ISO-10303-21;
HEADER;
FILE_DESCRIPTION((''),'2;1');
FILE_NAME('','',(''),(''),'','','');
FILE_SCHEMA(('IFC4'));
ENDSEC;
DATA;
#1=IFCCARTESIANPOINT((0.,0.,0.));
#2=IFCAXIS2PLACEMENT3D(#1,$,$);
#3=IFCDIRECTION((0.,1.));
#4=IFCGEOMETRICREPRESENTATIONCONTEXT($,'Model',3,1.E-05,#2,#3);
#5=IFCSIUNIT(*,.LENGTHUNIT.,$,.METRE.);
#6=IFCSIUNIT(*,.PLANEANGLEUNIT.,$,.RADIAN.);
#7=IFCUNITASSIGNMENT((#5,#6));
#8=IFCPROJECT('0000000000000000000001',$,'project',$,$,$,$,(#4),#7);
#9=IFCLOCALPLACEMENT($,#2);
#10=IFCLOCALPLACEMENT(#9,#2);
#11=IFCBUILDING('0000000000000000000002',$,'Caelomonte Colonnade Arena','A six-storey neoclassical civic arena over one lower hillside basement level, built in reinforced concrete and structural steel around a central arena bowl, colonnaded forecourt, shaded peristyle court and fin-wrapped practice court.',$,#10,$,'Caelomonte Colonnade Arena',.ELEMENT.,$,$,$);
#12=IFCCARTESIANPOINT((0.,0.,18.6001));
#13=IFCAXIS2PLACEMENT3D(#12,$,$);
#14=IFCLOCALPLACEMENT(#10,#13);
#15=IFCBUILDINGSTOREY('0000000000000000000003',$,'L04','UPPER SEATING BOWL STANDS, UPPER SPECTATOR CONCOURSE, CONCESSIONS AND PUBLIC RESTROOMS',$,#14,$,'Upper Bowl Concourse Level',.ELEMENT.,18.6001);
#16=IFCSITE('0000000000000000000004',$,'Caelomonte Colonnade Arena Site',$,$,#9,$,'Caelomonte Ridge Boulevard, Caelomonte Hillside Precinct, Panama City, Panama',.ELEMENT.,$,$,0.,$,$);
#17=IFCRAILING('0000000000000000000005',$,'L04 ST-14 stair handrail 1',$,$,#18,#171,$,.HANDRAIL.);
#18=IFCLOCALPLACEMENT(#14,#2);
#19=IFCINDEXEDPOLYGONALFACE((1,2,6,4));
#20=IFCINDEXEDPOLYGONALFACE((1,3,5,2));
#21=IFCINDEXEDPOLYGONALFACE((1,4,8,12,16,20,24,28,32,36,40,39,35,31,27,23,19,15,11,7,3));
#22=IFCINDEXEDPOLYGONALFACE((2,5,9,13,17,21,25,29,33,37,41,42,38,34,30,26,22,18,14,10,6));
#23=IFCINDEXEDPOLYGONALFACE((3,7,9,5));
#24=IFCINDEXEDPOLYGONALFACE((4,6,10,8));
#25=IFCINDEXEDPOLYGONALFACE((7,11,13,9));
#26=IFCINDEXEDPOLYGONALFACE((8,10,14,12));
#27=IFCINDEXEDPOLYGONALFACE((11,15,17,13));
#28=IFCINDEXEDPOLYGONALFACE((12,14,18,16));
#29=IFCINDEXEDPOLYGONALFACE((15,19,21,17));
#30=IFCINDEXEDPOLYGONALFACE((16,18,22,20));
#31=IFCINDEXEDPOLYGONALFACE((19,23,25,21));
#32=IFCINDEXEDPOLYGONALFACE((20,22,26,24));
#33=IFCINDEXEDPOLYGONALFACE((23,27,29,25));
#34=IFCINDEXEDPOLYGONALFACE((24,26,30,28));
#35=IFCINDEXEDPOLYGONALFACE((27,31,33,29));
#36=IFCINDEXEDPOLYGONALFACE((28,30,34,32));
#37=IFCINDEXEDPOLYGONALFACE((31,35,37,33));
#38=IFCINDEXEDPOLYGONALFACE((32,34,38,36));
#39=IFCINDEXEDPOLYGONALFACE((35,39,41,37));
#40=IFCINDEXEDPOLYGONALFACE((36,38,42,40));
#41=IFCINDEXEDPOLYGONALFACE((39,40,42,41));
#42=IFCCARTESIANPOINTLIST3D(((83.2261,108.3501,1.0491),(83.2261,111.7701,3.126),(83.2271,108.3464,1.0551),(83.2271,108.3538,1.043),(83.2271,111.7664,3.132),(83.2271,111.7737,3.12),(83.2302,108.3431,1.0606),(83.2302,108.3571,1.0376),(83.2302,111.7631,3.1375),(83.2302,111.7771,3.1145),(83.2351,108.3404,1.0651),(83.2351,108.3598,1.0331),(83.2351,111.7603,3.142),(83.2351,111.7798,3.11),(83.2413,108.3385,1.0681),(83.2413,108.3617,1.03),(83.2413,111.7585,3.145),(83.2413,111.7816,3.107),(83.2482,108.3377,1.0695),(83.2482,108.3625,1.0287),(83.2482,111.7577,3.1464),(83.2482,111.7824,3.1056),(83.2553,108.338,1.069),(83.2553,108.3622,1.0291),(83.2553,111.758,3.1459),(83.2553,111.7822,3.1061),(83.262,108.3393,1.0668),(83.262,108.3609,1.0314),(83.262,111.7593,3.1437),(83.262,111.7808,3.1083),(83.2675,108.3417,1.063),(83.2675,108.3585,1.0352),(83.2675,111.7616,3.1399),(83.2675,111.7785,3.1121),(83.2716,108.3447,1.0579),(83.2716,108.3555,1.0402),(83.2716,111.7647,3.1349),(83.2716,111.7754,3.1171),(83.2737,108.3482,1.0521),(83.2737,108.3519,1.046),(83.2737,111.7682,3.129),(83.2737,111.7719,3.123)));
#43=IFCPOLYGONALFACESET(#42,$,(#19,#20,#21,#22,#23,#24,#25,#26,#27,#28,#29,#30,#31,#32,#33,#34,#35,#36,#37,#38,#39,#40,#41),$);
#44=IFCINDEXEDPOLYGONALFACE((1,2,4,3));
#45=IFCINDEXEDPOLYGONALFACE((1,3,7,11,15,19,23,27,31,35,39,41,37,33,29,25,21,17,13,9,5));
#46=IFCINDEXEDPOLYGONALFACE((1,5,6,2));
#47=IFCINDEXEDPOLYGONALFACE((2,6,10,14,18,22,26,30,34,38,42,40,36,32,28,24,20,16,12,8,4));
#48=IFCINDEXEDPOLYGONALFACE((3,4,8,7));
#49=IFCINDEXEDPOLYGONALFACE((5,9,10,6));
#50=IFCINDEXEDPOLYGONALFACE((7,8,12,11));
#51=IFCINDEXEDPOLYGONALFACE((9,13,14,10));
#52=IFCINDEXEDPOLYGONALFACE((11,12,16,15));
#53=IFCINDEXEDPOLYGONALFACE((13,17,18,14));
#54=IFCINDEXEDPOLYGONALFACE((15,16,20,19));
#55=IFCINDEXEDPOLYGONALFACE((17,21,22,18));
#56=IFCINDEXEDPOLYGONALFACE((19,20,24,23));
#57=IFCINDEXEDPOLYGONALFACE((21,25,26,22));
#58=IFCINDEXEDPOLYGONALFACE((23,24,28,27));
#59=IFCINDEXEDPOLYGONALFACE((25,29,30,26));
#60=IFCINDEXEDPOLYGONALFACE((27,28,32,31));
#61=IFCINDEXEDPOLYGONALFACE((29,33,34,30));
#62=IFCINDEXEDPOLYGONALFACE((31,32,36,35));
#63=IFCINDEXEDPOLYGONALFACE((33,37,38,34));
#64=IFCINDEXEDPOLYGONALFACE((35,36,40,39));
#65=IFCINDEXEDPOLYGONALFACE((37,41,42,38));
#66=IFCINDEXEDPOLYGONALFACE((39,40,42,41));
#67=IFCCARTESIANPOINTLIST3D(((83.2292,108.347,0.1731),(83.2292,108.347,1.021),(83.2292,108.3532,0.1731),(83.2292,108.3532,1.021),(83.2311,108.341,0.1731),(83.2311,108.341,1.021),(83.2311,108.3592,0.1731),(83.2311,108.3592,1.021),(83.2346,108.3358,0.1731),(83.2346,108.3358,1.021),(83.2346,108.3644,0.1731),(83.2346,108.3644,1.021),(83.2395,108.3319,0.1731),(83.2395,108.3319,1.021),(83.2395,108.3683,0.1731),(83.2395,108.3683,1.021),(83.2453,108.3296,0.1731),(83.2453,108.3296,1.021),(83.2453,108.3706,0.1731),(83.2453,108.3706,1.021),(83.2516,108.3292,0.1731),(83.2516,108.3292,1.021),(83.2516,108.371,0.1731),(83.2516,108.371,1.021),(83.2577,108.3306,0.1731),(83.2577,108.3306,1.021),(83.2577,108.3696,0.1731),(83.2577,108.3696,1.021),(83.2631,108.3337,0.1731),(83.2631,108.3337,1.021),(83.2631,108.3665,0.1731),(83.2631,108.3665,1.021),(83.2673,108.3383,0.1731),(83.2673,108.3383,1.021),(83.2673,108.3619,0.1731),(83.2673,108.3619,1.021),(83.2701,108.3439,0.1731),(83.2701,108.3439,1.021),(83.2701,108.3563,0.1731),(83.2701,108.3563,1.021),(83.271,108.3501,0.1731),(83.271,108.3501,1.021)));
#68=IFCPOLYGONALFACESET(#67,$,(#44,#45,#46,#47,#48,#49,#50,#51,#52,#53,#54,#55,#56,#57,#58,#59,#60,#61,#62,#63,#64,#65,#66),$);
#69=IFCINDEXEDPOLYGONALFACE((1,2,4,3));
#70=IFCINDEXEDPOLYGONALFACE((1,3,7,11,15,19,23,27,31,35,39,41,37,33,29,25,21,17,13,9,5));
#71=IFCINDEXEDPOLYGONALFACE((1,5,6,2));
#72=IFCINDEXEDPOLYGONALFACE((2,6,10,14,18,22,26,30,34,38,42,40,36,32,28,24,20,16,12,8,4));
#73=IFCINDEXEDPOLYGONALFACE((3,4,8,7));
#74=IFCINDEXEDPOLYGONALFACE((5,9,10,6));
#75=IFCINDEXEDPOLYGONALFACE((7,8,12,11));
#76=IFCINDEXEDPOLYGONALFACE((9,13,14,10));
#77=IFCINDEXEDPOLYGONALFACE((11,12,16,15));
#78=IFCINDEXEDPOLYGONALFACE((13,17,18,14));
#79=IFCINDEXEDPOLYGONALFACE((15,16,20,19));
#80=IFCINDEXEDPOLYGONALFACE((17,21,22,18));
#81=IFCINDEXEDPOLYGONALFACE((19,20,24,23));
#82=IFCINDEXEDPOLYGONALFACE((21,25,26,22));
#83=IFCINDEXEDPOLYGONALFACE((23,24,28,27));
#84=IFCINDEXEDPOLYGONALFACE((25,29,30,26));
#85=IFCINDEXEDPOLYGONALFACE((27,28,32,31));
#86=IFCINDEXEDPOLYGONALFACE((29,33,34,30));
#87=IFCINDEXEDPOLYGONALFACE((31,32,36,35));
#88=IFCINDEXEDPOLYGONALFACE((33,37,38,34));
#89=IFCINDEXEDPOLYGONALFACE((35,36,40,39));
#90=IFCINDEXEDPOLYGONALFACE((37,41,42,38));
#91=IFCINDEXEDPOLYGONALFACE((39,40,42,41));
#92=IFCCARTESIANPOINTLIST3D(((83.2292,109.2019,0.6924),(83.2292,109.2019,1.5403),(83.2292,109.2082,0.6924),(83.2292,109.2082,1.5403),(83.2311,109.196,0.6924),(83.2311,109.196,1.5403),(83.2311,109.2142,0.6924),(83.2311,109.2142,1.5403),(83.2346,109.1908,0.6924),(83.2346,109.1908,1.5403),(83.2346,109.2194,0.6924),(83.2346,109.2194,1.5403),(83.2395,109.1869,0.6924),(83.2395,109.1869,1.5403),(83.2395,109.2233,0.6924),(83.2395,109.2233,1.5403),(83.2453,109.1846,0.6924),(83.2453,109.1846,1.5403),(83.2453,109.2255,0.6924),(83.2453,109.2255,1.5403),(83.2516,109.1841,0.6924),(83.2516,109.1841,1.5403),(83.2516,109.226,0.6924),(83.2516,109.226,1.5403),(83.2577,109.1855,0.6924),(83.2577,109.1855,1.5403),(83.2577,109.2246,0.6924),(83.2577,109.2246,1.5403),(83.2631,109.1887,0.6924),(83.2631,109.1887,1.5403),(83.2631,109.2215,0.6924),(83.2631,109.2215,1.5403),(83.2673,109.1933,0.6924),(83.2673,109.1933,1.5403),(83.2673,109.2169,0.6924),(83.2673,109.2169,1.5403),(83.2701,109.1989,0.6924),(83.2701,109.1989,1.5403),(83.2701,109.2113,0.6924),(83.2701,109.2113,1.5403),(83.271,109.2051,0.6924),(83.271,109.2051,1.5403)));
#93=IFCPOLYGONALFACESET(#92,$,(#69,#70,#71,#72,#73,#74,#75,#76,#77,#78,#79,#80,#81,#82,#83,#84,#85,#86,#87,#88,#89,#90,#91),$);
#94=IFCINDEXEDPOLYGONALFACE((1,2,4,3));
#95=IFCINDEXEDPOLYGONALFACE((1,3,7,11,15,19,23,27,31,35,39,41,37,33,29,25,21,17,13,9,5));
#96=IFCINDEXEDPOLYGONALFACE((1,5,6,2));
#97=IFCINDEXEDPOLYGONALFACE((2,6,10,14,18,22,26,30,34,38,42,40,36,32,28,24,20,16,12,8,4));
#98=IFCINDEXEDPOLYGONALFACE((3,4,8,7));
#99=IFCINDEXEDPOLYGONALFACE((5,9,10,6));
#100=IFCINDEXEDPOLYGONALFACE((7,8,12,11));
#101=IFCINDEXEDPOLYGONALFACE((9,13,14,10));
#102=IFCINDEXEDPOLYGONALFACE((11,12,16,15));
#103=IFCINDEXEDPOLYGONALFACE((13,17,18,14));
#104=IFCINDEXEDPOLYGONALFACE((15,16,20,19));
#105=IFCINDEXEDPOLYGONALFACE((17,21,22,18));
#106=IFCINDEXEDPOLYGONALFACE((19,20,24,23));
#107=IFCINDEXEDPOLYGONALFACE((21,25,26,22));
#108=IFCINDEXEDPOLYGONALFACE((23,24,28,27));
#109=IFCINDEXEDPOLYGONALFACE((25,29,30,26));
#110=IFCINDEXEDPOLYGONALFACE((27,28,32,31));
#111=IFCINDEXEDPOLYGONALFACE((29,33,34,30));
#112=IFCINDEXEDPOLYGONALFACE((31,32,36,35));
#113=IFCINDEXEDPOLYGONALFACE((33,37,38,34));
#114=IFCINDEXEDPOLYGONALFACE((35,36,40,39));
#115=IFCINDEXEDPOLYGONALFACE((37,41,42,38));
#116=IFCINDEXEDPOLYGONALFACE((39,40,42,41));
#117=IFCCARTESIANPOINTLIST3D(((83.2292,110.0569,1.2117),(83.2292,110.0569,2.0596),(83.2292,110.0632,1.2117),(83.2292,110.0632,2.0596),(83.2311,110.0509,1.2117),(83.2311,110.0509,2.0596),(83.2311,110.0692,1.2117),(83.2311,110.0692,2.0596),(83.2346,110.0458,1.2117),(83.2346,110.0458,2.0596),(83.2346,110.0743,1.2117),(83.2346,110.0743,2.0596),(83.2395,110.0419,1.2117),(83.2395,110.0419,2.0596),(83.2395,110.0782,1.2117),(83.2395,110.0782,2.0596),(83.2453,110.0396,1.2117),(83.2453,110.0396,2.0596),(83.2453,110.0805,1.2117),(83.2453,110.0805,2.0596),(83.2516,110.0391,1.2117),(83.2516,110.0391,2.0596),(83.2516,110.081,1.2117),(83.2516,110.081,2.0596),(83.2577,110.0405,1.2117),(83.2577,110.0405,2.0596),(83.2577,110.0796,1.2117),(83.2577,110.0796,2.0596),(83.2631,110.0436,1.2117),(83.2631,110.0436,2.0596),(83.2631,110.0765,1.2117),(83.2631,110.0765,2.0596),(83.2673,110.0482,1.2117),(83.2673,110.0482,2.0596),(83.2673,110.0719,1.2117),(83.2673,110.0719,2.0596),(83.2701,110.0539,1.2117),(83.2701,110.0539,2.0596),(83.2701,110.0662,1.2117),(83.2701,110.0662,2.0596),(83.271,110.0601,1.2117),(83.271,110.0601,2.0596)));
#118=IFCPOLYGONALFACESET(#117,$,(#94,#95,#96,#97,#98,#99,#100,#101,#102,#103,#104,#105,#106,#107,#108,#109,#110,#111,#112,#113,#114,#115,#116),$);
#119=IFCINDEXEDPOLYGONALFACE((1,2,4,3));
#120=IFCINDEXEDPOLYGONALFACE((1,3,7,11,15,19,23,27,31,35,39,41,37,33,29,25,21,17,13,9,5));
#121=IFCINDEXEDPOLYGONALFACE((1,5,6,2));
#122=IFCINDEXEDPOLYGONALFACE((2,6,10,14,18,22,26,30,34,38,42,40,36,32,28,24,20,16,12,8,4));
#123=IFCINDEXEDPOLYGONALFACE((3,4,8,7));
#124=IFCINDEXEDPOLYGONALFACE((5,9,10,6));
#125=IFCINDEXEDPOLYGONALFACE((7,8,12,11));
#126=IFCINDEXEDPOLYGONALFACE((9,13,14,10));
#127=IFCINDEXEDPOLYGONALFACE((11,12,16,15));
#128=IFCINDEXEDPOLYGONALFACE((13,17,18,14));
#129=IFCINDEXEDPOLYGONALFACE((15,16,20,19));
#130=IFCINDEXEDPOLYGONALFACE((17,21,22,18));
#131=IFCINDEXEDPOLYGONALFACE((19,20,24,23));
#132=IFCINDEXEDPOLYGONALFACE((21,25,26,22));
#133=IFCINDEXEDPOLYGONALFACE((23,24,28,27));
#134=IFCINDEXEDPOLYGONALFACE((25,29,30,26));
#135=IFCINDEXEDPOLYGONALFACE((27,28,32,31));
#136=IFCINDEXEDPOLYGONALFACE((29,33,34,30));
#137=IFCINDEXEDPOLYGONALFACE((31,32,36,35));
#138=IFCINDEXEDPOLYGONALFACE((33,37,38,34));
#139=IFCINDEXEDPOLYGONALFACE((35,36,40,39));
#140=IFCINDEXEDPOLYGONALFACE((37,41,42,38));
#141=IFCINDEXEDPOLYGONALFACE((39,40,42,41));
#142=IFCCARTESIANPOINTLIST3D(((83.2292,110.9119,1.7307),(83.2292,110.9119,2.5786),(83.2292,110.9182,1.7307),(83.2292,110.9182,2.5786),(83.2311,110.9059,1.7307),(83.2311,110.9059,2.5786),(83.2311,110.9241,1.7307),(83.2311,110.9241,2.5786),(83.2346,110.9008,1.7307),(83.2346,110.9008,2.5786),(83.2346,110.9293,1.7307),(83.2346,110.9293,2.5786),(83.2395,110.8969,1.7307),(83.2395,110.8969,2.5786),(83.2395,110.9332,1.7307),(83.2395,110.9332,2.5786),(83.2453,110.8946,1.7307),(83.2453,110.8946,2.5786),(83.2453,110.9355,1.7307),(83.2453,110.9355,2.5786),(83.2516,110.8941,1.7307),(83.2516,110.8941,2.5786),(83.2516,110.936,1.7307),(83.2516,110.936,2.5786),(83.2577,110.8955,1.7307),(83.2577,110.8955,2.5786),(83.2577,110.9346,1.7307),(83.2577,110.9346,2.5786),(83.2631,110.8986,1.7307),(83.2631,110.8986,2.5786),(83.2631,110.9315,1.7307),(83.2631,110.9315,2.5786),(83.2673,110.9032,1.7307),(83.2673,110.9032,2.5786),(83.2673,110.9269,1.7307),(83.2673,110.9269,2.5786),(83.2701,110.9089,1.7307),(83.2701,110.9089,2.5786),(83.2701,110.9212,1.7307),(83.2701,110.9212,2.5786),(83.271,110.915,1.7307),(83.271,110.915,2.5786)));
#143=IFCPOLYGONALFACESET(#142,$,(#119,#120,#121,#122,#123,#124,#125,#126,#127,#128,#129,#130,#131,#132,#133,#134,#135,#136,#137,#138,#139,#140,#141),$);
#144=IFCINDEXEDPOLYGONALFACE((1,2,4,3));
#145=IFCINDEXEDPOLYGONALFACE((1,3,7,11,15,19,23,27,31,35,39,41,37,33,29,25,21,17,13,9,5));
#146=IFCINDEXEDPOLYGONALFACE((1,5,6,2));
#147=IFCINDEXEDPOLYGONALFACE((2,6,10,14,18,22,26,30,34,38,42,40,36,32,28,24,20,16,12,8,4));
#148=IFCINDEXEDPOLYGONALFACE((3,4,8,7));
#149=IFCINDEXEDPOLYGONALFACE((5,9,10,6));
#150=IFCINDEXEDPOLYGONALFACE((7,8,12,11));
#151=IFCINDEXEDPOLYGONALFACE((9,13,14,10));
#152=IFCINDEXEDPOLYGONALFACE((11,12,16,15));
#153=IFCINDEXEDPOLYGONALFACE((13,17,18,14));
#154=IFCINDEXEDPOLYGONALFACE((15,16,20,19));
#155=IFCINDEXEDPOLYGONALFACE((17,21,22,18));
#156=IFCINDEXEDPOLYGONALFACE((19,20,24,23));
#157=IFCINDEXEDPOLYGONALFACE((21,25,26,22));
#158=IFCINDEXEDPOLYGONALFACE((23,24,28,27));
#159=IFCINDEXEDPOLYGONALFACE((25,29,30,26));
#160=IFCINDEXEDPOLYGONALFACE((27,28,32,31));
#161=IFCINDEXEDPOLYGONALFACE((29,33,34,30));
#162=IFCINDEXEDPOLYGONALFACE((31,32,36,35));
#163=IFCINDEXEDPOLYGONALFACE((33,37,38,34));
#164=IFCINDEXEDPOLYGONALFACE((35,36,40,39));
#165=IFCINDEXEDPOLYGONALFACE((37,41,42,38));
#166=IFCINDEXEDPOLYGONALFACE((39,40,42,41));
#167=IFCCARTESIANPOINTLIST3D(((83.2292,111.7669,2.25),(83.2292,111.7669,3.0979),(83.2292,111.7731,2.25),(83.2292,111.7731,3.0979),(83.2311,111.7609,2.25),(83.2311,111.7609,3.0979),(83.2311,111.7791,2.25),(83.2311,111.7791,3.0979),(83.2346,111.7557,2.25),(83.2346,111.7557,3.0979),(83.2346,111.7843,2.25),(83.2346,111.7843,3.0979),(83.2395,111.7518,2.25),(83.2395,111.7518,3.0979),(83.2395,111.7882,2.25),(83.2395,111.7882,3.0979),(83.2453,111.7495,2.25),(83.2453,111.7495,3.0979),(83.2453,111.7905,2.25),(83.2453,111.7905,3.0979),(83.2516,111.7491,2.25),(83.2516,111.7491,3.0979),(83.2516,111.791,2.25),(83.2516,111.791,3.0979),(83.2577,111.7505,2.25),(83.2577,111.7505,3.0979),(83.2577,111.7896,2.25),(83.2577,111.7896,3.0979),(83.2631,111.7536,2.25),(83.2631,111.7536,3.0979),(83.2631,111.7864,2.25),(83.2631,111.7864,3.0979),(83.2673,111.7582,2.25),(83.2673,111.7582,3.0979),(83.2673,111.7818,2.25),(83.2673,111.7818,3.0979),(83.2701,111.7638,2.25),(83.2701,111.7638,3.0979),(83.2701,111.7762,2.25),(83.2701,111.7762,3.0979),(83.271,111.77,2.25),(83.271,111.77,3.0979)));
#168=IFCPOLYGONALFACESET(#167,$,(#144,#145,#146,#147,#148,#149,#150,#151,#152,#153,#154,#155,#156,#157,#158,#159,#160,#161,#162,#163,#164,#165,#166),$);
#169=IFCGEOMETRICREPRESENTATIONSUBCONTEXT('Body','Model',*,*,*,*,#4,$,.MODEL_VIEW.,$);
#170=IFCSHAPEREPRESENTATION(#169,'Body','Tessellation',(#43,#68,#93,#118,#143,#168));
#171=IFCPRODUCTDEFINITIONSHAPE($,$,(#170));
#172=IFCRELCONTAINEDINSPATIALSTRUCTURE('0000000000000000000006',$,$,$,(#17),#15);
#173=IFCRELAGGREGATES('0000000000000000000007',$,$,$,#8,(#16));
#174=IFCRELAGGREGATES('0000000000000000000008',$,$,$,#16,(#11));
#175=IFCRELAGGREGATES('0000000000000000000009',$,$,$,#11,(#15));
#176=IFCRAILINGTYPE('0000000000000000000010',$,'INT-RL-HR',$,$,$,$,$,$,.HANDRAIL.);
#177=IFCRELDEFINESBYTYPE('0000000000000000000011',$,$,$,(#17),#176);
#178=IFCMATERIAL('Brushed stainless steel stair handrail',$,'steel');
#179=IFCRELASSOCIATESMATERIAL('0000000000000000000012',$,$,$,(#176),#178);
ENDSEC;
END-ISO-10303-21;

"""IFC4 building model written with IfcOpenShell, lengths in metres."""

from ifc_helpers import new_model, si_unit, direction, frame, origin, origin_2d, place, context, subcontext, project, spatial, circle, extrude, material, type_object, element, save


model = new_model("IFC4")

# Units and contexts
model_context = context("Model", 3, precision=1e-05, world=origin(), true_north=direction((0.0, 1.0)))
body_context = subcontext(model_context, "Body", "Model", "MODEL_VIEW")
ifc_project = project(units=[si_unit("LENGTHUNIT", "METRE"), si_unit("PLANEANGLEUNIT", "RADIAN")], contexts=[model_context])

# Site, building, storey
site_placement = place(None, origin())
site = spatial("IfcSite", under=ifc_project, at=site_placement, Name="Caelomonte Colonnade Arena Site", LongName="Caelomonte Ridge Boulevard, Caelomonte Hillside Precinct, Panama City, Panama", CompositionType="ELEMENT", RefElevation=0.0)
building_placement = place(site_placement, origin())
building = spatial("IfcBuilding", under=site, at=building_placement, Name="Caelomonte Colonnade Arena", Description="A six-storey neoclassical civic arena over one lower hillside basement level, built in reinforced concrete and structural steel around a central arena bowl, colonnaded forecourt, shaded peristyle court and fin-wrapped practice court.", LongName="Caelomonte Colonnade Arena", CompositionType="ELEMENT")
storey_placement = place(building_placement, frame((0.0, 0.0, 18.6001)))
storey = spatial("IfcBuildingStorey", under=building, at=storey_placement, Name="L04", Description="UPPER SEATING BOWL STANDS, UPPER SPECTATOR CONCOURSE, CONCESSIONS AND PUBLIC RESTROOMS", LongName="Upper Bowl Concourse Level", CompositionType="ELEMENT", Elevation=18.6001)

# Railing
ifc_material_1 = material(Name="Brushed stainless steel stair handrail", Category="steel")
railing_type_1 = type_object("IfcRailingType", Name="INT-RL-HR", PredefinedType="HANDRAIL", material=ifc_material_1)
railing_1_placement = place(storey_placement, frame((83.25, 108.3501, 0.1731)))
element("IfcRailing", 1, at=railing_1_placement, inside=storey, type_object=railing_type_1, Name="L04 ST-14 stair handrail 1", PredefinedType="HANDRAIL", context=body_context, shape_type="SweptSolid", body=[
    extrude(circle(Radius=0.0239, at=origin_2d()), frame((0.0, 0.0, 0.876), z_axis=(0.0, 0.85473, 0.519074), x_axis=(-1.0, 0.0, 0.0)), (0.0, 0.0, 1.0), 4.0012),
    extrude(circle(Radius=0.021, at=origin_2d()), origin(), (0.0, 0.0, 1.0), 0.8479),
    extrude(circle(Radius=0.021, at=origin_2d()), frame((0.0, 0.855, 0.5193)), (0.0, 0.0, 1.0), 0.8479),
    extrude(circle(Radius=0.021, at=origin_2d()), frame((0.0, 1.71, 1.0386)), (0.0, 0.0, 1.0), 0.8479),
    extrude(circle(Radius=0.021, at=origin_2d()), frame((0.0, 2.5649, 1.5576)), (0.0, 0.0, 1.0), 0.8479),
    extrude(circle(Radius=0.021, at=origin_2d()), frame((0.0, 3.4199, 2.0769)), (0.0, 0.0, 1.0), 0.8479),
])

save(model, "model.ifc")
